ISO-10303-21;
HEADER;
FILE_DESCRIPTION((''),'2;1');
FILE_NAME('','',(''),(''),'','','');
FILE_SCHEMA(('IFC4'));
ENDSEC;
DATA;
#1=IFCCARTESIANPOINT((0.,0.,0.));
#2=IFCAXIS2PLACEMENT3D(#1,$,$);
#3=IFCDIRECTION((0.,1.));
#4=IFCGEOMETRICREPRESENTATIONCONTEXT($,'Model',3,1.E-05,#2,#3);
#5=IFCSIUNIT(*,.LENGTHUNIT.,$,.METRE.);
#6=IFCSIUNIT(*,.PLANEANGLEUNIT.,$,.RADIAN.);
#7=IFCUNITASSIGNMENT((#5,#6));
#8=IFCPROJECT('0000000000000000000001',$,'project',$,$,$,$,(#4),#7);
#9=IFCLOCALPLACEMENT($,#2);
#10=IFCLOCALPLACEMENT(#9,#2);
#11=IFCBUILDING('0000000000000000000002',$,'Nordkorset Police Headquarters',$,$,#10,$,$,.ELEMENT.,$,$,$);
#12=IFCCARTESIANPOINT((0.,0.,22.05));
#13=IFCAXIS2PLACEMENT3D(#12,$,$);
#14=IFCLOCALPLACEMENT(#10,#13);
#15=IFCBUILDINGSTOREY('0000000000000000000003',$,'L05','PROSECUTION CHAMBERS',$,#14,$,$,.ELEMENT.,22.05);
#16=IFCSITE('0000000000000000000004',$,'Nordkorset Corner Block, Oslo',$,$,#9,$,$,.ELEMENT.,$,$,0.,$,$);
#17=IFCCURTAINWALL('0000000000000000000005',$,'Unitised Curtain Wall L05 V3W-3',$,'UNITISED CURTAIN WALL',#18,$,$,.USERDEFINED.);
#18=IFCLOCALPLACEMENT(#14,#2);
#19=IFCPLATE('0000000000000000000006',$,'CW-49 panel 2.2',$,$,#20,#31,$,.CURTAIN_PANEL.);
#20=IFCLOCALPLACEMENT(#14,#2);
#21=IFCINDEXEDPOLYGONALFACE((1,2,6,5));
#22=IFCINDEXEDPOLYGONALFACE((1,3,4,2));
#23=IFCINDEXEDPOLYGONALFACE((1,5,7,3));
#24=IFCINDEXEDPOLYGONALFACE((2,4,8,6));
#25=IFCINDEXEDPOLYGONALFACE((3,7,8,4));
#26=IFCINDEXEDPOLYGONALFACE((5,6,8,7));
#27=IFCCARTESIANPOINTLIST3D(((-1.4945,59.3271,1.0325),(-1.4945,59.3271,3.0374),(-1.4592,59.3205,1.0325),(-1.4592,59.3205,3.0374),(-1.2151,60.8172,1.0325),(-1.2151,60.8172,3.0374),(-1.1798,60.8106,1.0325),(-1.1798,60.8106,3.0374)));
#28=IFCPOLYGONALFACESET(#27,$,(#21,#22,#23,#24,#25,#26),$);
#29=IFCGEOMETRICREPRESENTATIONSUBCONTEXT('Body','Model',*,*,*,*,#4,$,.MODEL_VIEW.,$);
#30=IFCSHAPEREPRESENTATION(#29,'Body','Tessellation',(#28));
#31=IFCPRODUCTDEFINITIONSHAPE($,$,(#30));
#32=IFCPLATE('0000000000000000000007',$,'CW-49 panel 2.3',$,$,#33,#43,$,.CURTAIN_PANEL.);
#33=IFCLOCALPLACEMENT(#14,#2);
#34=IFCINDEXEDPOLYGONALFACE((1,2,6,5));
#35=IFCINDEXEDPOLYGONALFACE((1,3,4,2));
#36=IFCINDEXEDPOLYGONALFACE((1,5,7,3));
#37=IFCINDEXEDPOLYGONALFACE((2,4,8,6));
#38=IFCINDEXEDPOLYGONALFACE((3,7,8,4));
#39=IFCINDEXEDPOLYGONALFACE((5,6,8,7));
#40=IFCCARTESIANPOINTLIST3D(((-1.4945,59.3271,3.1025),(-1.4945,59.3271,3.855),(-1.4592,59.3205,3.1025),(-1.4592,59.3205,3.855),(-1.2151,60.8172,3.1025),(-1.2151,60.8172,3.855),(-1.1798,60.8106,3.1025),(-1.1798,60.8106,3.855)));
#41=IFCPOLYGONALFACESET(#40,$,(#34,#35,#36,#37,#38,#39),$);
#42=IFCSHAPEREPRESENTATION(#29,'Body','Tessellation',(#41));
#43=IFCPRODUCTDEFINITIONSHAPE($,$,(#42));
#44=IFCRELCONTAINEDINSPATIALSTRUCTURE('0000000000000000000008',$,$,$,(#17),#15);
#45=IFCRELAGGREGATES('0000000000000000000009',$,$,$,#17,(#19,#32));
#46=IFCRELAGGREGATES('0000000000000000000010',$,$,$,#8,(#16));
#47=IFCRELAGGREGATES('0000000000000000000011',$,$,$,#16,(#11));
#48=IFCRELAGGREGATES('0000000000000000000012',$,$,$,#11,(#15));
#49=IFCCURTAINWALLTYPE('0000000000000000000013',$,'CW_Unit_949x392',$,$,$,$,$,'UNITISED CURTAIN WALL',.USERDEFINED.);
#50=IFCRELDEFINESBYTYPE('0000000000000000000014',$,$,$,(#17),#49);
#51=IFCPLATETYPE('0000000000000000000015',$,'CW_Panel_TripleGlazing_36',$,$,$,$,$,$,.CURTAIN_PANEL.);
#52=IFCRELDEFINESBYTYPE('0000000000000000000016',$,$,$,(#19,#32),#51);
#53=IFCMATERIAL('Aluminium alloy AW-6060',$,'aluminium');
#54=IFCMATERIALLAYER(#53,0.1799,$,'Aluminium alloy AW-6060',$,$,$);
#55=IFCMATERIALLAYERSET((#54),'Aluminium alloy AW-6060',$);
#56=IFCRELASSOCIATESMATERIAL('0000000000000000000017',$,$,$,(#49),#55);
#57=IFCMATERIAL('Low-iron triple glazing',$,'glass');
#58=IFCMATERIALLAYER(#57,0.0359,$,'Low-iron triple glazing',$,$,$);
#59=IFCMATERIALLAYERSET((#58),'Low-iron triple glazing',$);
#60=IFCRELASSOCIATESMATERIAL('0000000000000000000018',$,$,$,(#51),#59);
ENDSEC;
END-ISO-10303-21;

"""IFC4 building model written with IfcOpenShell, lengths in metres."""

from ifc_helpers import new_model, si_unit, direction, frame, origin, origin_2d, place, context, subcontext, project, spatial, rectangle, extrude, material, layer, layer_set, type_object, element, aggregate, save


model = new_model("IFC4")

# Units and contexts
model_context = context("Model", 3, precision=1e-05, world=origin(), true_north=direction((0.0, 1.0)))
body_context = subcontext(model_context, "Body", "Model", "MODEL_VIEW")
ifc_project = project(units=[si_unit("LENGTHUNIT", "METRE"), si_unit("PLANEANGLEUNIT", "RADIAN")], contexts=[model_context])

# Site, building, storey
site_placement = place(None, origin())
site = spatial("IfcSite", under=ifc_project, at=site_placement, Name="Nordkorset Corner Block, Oslo", CompositionType="ELEMENT", RefElevation=0.0)
building_placement = place(site_placement, origin())
building = spatial("IfcBuilding", under=site, at=building_placement, Name="Nordkorset Police Headquarters", CompositionType="ELEMENT")
storey_placement = place(building_placement, frame((0.0, 0.0, 22.05)))
storey = spatial("IfcBuildingStorey", under=building, at=storey_placement, Name="L05", Description="PROSECUTION CHAMBERS", CompositionType="ELEMENT", Elevation=22.05)

# Curtain wall
ifc_material_1 = material(Name="Aluminium alloy AW-6060", Category="aluminium")
ifc_layer_1 = layer(ifc_material_1, 0.1799, Name="Aluminium alloy AW-6060")
ifc_layer_set_1 = layer_set([ifc_layer_1], Name="Aluminium alloy AW-6060")
curtain_wall_type_1 = type_object("IfcCurtainWallType", Name="CW_Unit_949x392", ElementType="UNITISED CURTAIN WALL", PredefinedType="USERDEFINED", material=ifc_layer_set_1)
curtain_wall_1_placement = place(storey_placement, origin())
curtain_wall_1 = element("IfcCurtainWall", 1, at=curtain_wall_1_placement, inside=storey, type_object=curtain_wall_type_1, Name="Unitised Curtain Wall L05 V3W-3", ObjectType="UNITISED CURTAIN WALL", PredefinedType="USERDEFINED")

# Plates
ifc_material_2 = material(Name="Low-iron triple glazing", Category="glass")
ifc_layer_2 = layer(ifc_material_2, 0.0359, Name="Low-iron triple glazing")
ifc_layer_set_2 = layer_set([ifc_layer_2], Name="Low-iron triple glazing")
plate_type = type_object("IfcPlateType", Name="CW_Panel_TripleGlazing_36", PredefinedType="CURTAIN_PANEL", material=ifc_layer_set_2)
plate_1_placement = place(storey_placement, frame((-1.3372, 60.0688, 1.0325), z_axis=(0.0, 0.0, 1.0), x_axis=(0.184289, 0.982872, 0.0)))
plate_1 = element("IfcPlate", 2, at=plate_1_placement, type_object=plate_type, Name="CW-49 panel 2.2", PredefinedType="CURTAIN_PANEL", context=body_context, shape_type="SweptSolid", body=[
    extrude(rectangle(XDim=1.5161, YDim=0.0359, at=origin_2d()), origin(), (0.0, 0.0, 1.0), 2.0049),
])
plate_2_placement = place(storey_placement, frame((-1.3372, 60.0688, 3.1025), z_axis=(0.0, 0.0, 1.0), x_axis=(0.184289, 0.982872, 0.0)))
plate_2 = element("IfcPlate", 3, at=plate_2_placement, type_object=plate_type, Name="CW-49 panel 2.3", PredefinedType="CURTAIN_PANEL", context=body_context, shape_type="SweptSolid", body=[
    extrude(rectangle(XDim=1.5161, YDim=0.0359, at=origin_2d()), origin(), (0.0, 0.0, 1.0), 0.7524),
])
aggregate(curtain_wall_1, [plate_1, plate_2])

save(model, "model.ifc")
